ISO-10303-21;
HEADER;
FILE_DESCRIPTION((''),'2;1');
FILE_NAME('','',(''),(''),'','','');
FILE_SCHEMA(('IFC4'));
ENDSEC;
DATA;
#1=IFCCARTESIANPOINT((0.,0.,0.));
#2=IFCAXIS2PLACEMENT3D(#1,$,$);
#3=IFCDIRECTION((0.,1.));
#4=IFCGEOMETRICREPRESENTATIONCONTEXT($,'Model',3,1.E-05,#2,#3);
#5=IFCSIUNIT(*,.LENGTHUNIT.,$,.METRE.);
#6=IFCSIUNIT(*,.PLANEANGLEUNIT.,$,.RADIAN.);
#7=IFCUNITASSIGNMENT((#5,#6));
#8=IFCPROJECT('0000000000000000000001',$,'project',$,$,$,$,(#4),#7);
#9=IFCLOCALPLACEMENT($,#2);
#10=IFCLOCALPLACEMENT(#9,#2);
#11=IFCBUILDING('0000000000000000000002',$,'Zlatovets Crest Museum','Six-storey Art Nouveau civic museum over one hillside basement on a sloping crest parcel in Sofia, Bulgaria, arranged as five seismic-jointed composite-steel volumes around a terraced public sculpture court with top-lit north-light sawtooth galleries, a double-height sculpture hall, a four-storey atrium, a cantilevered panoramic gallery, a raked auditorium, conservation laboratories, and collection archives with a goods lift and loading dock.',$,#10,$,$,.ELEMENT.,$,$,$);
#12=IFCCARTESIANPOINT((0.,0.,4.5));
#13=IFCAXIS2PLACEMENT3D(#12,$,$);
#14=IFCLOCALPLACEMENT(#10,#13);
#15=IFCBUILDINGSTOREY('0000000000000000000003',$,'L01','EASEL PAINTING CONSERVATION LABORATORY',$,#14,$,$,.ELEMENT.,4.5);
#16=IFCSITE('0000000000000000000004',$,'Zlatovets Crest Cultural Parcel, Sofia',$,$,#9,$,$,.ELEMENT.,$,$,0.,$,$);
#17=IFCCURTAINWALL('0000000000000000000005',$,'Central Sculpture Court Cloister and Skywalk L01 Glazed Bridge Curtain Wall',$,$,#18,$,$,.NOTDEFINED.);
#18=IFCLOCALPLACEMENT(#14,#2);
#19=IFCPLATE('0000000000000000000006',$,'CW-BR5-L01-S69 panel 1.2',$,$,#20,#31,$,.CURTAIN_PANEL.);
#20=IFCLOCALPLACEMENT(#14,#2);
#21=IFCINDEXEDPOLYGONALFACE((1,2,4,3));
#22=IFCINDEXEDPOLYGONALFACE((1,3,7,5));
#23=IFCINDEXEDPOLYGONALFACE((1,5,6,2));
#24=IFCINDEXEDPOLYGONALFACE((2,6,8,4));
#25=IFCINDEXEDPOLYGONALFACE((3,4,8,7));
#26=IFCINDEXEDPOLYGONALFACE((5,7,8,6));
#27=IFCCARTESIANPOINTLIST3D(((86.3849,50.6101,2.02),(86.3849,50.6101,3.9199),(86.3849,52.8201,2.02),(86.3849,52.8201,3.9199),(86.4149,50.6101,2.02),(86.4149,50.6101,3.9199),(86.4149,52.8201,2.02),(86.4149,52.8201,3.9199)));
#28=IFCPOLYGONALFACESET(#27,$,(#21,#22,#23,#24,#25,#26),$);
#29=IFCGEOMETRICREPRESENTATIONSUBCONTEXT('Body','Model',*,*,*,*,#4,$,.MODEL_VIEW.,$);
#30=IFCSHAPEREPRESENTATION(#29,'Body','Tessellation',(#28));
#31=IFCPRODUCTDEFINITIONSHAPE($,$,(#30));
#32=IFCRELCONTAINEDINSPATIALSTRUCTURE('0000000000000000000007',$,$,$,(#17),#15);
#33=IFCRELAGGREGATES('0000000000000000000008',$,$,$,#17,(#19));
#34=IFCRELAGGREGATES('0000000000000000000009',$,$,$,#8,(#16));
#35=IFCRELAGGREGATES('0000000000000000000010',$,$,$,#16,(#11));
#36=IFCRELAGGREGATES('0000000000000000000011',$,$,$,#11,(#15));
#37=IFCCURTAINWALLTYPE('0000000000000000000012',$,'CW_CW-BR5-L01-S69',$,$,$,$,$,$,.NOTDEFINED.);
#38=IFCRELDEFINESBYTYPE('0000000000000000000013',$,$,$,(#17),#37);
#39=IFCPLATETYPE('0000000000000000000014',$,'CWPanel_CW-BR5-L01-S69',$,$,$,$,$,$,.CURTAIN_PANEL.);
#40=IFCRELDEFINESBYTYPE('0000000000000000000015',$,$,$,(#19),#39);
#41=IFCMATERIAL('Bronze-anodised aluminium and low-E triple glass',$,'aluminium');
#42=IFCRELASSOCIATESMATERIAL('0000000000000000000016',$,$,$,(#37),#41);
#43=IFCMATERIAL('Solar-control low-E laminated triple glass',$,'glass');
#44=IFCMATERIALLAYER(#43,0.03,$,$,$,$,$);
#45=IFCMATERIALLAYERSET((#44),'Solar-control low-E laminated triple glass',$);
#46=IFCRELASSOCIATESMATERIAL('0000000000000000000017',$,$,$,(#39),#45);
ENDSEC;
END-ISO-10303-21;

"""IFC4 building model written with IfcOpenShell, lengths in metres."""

from ifc_helpers import new_model, si_unit, direction, frame, origin, origin_2d, place, context, subcontext, project, spatial, rectangle, extrude, material, layer, layer_set, type_object, element, aggregate, save


model = new_model("IFC4")

# Units and contexts
model_context = context("Model", 3, precision=1e-05, world=origin(), true_north=direction((0.0, 1.0)))
body_context = subcontext(model_context, "Body", "Model", "MODEL_VIEW")
ifc_project = project(units=[si_unit("LENGTHUNIT", "METRE"), si_unit("PLANEANGLEUNIT", "RADIAN")], contexts=[model_context])

# Site, building, storey
site_placement = place(None, origin())
site = spatial("IfcSite", under=ifc_project, at=site_placement, Name="Zlatovets Crest Cultural Parcel, Sofia", CompositionType="ELEMENT", RefElevation=0.0)
building_placement = place(site_placement, origin())
building = spatial("IfcBuilding", under=site, at=building_placement, Name="Zlatovets Crest Museum", Description="Six-storey Art Nouveau civic museum over one hillside basement on a sloping crest parcel in Sofia, Bulgaria, arranged as five seismic-jointed composite-steel volumes around a terraced public sculpture court with top-lit north-light sawtooth galleries, a double-height sculpture hall, a four-storey atrium, a cantilevered panoramic gallery, a raked auditorium, conservation laboratories, and collection archives with a goods lift and loading dock.", CompositionType="ELEMENT")
storey_placement = place(building_placement, frame((0.0, 0.0, 4.5)))
storey = spatial("IfcBuildingStorey", under=building, at=storey_placement, Name="L01", Description="EASEL PAINTING CONSERVATION LABORATORY", CompositionType="ELEMENT", Elevation=4.5)

# Shared definitions
ifc_material_1 = material(Name="Bronze-anodised aluminium and low-E triple glass", Category="aluminium")
curtain_wall_type = type_object("IfcCurtainWallType", Name="CW_CW-BR5-L01-S69", PredefinedType="NOTDEFINED", material=ifc_material_1)

# Curtain wall
curtain_wall_1_placement = place(storey_placement, origin())
curtain_wall_1 = element("IfcCurtainWall", 1, at=curtain_wall_1_placement, inside=storey, type_object=curtain_wall_type, Name="Central Sculpture Court Cloister and Skywalk L01 Glazed Bridge Curtain Wall", PredefinedType="NOTDEFINED")

# Plate
ifc_material_2 = material(Name="Solar-control low-E laminated triple glass", Category="glass")
ifc_layer = layer(ifc_material_2, 0.03)
ifc_layer_set = layer_set([ifc_layer], Name="Solar-control low-E laminated triple glass")
plate_type = type_object("IfcPlateType", Name="CWPanel_CW-BR5-L01-S69", PredefinedType="CURTAIN_PANEL", material=ifc_layer_set)
plate_1_placement = place(storey_placement, frame((86.3999, 51.7151, 2.02), z_axis=(0.0, 0.0, 1.0), x_axis=(0.0, 1.0, 0.0)))
plate_1 = element("IfcPlate", 2, at=plate_1_placement, type_object=plate_type, Name="CW-BR5-L01-S69 panel 1.2", PredefinedType="CURTAIN_PANEL", context=body_context, shape_type="SweptSolid", body=[
    extrude(rectangle(XDim=2.21, YDim=0.03, at=origin_2d()), origin(), (0.0, 0.0, 1.0), 1.8999),
])
aggregate(curtain_wall_1, [plate_1])

save(model, "model.ifc")
